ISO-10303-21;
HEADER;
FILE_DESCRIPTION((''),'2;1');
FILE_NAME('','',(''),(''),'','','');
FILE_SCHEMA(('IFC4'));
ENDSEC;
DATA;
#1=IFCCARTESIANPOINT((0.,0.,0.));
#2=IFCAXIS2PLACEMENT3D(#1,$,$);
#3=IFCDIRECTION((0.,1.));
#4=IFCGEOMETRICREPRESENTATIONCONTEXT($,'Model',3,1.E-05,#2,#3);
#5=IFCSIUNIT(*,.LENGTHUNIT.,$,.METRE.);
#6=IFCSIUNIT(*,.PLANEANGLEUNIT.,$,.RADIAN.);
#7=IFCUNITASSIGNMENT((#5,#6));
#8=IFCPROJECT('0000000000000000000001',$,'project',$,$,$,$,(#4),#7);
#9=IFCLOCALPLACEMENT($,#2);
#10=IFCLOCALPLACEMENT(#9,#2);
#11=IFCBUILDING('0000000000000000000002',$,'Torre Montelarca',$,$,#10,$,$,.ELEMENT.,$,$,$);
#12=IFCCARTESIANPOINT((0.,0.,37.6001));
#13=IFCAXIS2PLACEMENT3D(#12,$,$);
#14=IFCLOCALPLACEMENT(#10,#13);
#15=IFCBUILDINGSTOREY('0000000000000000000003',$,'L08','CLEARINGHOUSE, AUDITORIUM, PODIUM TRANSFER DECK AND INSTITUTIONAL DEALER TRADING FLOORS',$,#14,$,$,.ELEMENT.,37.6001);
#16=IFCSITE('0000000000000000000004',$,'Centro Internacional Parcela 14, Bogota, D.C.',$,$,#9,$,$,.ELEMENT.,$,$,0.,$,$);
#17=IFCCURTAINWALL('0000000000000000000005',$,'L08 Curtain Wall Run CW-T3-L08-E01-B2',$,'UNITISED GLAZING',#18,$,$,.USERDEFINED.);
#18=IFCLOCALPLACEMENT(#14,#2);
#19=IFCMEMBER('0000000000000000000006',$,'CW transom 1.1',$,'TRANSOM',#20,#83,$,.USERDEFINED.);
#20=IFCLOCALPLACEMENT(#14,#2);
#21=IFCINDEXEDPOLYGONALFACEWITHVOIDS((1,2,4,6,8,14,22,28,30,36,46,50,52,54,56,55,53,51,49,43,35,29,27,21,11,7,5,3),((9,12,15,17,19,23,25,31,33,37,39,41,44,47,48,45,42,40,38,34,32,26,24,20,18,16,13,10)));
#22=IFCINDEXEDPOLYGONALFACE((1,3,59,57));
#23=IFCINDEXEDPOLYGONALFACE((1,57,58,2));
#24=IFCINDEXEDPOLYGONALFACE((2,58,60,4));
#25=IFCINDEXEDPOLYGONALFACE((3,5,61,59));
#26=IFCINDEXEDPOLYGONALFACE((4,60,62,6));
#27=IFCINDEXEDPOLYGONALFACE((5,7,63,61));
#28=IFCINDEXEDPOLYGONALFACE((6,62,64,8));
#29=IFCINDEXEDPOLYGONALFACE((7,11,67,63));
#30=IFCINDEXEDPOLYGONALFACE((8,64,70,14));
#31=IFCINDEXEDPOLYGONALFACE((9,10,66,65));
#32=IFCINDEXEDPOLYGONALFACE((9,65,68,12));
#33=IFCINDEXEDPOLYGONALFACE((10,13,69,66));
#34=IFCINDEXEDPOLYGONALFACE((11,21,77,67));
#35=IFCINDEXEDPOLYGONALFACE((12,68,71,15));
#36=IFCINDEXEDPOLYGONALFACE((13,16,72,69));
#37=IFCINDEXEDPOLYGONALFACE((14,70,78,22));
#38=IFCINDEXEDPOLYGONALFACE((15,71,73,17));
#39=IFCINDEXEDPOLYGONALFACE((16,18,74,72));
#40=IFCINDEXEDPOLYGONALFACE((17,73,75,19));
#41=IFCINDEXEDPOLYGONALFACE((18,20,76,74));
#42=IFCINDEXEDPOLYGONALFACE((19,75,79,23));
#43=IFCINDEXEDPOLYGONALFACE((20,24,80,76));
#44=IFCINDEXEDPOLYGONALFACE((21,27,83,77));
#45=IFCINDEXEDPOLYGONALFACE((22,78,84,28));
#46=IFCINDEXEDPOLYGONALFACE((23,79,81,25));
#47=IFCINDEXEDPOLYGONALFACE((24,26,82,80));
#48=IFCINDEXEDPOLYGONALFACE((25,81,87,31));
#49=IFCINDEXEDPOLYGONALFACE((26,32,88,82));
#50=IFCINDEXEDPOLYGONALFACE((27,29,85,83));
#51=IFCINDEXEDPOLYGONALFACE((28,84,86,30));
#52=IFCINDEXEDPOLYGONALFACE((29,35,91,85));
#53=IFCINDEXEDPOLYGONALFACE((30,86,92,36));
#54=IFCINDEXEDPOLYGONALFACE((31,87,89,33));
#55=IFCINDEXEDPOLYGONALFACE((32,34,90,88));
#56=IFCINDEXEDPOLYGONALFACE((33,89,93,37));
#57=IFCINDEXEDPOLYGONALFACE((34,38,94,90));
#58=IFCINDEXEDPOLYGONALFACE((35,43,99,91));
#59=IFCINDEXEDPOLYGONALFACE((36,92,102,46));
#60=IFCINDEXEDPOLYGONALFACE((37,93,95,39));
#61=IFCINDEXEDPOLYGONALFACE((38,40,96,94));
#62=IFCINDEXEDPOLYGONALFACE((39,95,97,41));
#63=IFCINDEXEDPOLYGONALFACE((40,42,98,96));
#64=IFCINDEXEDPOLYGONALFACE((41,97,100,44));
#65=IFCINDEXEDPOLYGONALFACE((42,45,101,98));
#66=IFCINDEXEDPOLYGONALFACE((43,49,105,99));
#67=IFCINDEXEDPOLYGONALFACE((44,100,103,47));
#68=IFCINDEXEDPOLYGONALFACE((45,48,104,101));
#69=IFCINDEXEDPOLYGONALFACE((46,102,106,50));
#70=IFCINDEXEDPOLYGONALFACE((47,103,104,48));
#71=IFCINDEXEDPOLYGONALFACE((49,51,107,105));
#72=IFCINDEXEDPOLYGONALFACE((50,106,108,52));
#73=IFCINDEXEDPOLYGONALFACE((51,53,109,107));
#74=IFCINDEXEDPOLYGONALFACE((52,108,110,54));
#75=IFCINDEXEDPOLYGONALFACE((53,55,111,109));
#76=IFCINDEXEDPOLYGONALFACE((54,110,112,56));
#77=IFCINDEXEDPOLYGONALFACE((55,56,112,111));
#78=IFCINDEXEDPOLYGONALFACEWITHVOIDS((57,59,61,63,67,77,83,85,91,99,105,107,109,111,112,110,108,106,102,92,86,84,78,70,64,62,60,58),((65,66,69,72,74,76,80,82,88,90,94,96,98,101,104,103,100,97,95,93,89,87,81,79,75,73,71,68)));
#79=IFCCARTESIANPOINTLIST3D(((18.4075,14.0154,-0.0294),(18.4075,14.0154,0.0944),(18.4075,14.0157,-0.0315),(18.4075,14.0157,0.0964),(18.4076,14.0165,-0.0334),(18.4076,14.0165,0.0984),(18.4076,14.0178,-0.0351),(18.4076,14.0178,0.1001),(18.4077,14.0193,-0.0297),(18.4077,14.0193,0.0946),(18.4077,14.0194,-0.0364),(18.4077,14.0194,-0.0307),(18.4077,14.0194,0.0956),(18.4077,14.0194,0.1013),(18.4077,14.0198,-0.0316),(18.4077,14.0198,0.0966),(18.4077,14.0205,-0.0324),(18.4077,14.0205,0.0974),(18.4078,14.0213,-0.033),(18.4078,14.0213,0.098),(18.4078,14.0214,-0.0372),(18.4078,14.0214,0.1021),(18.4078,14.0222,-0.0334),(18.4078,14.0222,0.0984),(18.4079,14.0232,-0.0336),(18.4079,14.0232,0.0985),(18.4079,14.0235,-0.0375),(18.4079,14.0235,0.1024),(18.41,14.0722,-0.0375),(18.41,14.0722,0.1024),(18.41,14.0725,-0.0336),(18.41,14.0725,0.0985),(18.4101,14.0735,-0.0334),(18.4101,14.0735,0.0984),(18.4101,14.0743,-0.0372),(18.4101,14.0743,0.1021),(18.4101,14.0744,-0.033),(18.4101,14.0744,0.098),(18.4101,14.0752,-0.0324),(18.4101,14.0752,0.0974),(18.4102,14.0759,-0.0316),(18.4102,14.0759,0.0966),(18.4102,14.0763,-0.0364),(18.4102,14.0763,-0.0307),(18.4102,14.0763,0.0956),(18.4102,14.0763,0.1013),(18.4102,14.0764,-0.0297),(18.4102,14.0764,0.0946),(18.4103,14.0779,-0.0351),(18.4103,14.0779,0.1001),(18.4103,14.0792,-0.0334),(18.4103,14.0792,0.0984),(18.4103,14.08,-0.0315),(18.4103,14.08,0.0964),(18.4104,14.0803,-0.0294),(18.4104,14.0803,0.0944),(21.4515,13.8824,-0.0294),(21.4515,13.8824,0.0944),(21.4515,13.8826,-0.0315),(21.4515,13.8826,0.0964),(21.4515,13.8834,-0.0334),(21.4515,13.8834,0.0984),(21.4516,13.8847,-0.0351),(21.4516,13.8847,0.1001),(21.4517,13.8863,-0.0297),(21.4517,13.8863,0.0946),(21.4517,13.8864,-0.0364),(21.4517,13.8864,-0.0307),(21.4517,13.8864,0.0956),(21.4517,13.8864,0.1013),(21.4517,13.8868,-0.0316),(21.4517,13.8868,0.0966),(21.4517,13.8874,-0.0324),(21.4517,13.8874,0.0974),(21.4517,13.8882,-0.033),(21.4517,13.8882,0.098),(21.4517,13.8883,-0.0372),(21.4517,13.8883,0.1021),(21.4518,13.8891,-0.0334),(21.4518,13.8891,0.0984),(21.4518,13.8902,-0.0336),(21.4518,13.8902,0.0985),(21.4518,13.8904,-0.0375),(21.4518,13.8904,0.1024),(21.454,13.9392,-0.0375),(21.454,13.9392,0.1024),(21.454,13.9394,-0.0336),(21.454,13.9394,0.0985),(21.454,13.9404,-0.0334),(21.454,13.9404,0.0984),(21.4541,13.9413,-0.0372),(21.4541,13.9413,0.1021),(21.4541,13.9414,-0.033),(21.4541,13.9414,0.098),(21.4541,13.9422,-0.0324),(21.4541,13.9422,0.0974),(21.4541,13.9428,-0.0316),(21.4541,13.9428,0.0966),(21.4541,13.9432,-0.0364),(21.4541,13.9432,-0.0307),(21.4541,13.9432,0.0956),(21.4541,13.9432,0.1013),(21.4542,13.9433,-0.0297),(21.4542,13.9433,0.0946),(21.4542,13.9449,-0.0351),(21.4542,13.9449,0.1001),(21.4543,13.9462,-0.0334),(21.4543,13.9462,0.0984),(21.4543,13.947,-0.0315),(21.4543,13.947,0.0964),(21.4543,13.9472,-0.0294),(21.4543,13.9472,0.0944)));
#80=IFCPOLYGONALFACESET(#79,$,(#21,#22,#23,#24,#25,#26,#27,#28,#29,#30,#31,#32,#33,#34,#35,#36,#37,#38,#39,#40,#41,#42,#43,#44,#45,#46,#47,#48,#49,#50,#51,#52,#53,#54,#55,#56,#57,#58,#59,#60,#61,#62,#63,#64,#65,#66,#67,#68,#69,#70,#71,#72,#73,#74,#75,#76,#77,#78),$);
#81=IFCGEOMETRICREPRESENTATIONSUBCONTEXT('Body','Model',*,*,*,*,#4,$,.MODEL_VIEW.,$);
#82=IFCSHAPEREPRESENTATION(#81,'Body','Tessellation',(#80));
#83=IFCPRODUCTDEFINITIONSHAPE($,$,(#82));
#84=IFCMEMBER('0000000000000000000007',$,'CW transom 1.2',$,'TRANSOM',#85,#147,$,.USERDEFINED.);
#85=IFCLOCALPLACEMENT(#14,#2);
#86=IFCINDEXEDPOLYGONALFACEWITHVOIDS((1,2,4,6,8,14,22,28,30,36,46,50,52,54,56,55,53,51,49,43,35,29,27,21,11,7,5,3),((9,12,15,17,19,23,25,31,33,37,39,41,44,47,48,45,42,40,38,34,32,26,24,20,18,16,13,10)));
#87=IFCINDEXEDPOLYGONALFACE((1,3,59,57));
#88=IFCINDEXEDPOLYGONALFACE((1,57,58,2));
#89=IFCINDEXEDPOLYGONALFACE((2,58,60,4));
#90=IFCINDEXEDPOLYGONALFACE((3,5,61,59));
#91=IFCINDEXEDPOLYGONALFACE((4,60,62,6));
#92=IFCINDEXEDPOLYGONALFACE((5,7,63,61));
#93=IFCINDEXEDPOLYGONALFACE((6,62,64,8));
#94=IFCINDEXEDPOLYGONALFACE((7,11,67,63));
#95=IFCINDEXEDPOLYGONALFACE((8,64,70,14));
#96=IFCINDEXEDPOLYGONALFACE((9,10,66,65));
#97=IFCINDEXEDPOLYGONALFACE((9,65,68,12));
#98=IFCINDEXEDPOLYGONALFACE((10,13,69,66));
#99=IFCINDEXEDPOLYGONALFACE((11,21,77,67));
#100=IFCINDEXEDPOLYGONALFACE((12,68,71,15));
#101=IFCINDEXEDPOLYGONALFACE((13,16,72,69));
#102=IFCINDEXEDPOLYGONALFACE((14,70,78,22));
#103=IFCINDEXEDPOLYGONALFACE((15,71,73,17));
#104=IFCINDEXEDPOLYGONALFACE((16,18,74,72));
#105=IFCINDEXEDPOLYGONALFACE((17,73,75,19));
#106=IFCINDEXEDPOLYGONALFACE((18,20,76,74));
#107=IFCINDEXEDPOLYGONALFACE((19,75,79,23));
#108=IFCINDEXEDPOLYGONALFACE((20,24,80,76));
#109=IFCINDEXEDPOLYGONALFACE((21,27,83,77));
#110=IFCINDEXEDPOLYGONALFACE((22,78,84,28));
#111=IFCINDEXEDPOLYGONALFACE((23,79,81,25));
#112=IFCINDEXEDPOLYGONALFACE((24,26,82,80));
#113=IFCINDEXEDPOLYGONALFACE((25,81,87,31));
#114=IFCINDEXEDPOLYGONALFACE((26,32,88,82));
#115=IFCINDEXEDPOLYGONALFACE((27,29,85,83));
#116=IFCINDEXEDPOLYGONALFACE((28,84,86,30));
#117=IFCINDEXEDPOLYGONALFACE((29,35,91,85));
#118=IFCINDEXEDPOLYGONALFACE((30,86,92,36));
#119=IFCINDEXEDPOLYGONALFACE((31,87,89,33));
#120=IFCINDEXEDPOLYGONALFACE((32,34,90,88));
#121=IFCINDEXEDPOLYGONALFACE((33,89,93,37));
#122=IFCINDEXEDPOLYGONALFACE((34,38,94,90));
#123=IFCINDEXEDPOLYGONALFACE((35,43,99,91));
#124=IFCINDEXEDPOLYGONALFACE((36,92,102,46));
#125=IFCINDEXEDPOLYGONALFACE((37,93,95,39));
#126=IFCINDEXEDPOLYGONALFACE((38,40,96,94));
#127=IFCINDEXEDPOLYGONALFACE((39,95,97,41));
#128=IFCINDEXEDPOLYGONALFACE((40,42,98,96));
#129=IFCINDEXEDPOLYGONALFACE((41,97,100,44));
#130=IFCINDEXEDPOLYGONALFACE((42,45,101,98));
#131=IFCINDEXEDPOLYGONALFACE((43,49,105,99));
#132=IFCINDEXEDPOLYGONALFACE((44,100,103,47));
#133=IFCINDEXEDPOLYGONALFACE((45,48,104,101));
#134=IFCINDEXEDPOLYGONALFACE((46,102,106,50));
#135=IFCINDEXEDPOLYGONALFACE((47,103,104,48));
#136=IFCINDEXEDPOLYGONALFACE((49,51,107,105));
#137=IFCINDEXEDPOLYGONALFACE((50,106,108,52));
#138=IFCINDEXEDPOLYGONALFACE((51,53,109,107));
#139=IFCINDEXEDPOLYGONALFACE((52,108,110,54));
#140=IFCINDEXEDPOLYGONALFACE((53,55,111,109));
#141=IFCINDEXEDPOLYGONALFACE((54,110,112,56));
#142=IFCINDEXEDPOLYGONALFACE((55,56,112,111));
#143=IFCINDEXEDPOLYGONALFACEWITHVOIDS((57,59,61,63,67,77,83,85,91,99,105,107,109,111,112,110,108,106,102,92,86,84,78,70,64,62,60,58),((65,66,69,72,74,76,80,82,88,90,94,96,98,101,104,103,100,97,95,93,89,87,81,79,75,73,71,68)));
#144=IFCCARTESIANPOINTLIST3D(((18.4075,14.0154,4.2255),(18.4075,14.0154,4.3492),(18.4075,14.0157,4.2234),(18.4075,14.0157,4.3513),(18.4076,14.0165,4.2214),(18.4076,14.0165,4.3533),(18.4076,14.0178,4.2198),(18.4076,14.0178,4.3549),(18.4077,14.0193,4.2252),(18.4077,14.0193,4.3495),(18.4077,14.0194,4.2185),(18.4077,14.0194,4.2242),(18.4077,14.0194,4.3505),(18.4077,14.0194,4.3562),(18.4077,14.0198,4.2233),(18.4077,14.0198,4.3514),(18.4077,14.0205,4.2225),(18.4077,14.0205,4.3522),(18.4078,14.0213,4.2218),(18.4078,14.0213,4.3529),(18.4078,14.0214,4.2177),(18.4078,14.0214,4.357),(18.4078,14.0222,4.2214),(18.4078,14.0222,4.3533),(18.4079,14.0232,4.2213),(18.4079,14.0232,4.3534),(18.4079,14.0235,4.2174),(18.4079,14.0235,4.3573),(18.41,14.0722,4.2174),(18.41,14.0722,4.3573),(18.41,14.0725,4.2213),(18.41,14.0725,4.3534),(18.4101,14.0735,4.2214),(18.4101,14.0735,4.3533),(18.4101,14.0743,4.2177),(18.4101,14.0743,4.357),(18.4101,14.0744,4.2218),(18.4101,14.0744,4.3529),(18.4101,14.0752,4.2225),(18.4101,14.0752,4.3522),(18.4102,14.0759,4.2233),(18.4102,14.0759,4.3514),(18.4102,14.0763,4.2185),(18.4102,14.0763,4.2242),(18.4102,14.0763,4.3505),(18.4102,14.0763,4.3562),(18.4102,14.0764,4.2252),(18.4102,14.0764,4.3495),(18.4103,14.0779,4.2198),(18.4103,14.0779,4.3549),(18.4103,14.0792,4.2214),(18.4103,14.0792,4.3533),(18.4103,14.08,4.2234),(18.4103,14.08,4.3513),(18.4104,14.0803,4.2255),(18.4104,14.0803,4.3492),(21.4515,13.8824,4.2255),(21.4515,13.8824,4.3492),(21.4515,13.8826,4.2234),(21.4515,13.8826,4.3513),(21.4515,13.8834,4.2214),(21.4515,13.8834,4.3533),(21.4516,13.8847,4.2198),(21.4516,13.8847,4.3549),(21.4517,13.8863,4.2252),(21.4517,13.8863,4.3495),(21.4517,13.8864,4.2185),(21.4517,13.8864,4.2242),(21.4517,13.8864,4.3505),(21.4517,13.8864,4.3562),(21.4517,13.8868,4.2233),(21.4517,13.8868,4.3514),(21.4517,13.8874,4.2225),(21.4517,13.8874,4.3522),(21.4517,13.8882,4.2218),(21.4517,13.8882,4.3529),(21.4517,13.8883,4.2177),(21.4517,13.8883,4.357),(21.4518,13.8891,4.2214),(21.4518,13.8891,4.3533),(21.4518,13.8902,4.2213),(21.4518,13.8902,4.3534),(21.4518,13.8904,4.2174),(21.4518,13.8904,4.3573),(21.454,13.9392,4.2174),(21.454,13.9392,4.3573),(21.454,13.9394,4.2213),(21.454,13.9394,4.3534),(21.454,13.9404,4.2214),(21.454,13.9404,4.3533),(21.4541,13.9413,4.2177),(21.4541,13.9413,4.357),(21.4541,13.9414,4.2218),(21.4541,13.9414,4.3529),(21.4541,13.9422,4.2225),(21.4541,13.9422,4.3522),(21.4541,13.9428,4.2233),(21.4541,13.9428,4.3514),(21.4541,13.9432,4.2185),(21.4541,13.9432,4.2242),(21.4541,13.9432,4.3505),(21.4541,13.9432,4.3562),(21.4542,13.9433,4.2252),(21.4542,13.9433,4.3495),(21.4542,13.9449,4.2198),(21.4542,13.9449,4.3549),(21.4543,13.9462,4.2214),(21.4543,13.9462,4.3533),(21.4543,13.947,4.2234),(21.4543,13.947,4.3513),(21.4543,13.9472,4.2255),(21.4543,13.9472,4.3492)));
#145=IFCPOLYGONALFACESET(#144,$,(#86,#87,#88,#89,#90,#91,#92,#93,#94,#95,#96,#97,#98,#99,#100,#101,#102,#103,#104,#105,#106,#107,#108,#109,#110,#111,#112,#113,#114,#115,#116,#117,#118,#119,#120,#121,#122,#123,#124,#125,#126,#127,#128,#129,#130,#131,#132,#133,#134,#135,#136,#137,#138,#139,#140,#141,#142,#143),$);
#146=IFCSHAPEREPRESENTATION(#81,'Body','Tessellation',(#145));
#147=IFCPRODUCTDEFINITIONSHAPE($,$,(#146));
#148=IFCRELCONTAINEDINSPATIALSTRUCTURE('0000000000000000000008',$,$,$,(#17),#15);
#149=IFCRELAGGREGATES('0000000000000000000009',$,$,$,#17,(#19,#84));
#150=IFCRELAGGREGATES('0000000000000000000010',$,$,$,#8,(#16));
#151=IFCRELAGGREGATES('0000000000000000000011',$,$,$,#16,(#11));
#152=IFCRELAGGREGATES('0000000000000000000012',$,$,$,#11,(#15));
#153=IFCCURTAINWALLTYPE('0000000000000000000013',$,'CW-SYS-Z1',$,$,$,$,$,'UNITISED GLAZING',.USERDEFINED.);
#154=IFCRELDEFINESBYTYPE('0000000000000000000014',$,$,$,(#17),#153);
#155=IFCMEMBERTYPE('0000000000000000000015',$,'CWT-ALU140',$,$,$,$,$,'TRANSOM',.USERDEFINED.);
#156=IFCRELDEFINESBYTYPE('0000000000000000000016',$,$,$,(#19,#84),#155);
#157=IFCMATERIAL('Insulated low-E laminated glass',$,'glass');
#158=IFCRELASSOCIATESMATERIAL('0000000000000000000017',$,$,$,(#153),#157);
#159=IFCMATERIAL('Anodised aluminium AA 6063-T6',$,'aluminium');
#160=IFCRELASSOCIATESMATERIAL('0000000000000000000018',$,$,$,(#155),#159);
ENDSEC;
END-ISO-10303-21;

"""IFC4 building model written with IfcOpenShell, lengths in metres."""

from ifc_helpers import new_model, si_unit, direction, frame, origin, origin_2d, place, context, subcontext, project, spatial, hollow_rectangle, extrude, source, transform, mapped, material, material_profile, profile_set, type_object, element, aggregate, save


model = new_model("IFC4")

# Units and contexts
model_context = context("Model", 3, precision=1e-05, world=origin(), true_north=direction((0.0, 1.0)))
body_context = subcontext(model_context, "Body", "Model", "MODEL_VIEW")
ifc_project = project(units=[si_unit("LENGTHUNIT", "METRE"), si_unit("PLANEANGLEUNIT", "RADIAN")], contexts=[model_context])

# Site, building, storey
site_placement = place(None, origin())
site = spatial("IfcSite", under=ifc_project, at=site_placement, Name="Centro Internacional Parcela 14, Bogota, D.C.", CompositionType="ELEMENT", RefElevation=0.0)
building_placement = place(site_placement, origin())
building = spatial("IfcBuilding", under=site, at=building_placement, Name="Torre Montelarca", CompositionType="ELEMENT")
storey_placement = place(building_placement, frame((0.0, 0.0, 37.6001)))
storey = spatial("IfcBuildingStorey", under=building, at=storey_placement, Name="L08", Description="CLEARINGHOUSE, AUDITORIUM, PODIUM TRANSFER DECK AND INSTITUTIONAL DEALER TRADING FLOORS", CompositionType="ELEMENT", Elevation=37.6001)

# Shared definitions
ifc_material_1 = material(Name="Insulated low-E laminated glass", Category="glass")
curtain_wall_type = type_object("IfcCurtainWallType", Name="CW-SYS-Z1", ElementType="UNITISED GLAZING", PredefinedType="USERDEFINED", material=ifc_material_1)
ifc_material_2 = material(Name="Anodised aluminium AA 6063-T6", Category="aluminium")

# Curtain wall
curtain_wall_1_placement = place(storey_placement, origin())
curtain_wall_1 = element("IfcCurtainWall", 1, at=curtain_wall_1_placement, inside=storey, type_object=curtain_wall_type, Name="L08 Curtain Wall Run CW-T3-L08-E01-B2", ObjectType="UNITISED GLAZING", PredefinedType="USERDEFINED")

# Members
ifc_material_profile_1 = material_profile(ifc_material_2, hollow_rectangle(XDim=0.0649, YDim=0.1399, WallThickness=0.0039, InnerFilletRadius=0.0039, OuterFilletRadius=0.0081, at=origin_2d()), Name="ALU65X140X4", Category="aluminium")
ifc_profile_set_1 = profile_set([ifc_material_profile_1], Name="Anodised aluminium AA 6063-T6")
member_type_1 = type_object("IfcMemberType", Name="CWT-ALU140", ElementType="TRANSOM", PredefinedType="USERDEFINED", material=ifc_profile_set_1)
shared_shape_1 = source(origin(), body_context, "Body", "SweptSolid", [
    extrude(hollow_rectangle(XDim=0.0649, YDim=0.1399, WallThickness=0.0039, InnerFilletRadius=0.0039, OuterFilletRadius=0.0081, at=origin_2d()), origin(), (0.0, 0.0, 1.0), 3.0469),
])
member_1_placement = place(storey_placement, frame((18.4089, 14.0479, 0.0325), z_axis=(0.999046, -0.04367, 0.0), x_axis=(0.04367, 0.999046, 0.0)))
member_1 = element("IfcMember", 2, at=member_1_placement, type_object=member_type_1, Name="CW transom 1.1", ObjectType="TRANSOM", PredefinedType="USERDEFINED", context=body_context, shape_type="MappedRepresentation", body=[
    mapped(shared_shape_1, transform((0.0, 0.0, 0.0), scale=1.0)),
])
member_2_placement = place(storey_placement, frame((18.4089, 14.0479, 4.2874), z_axis=(0.999046, -0.04367, 0.0), x_axis=(0.04367, 0.999046, 0.0)))
member_2 = element("IfcMember", 3, at=member_2_placement, type_object=member_type_1, Name="CW transom 1.2", ObjectType="TRANSOM", PredefinedType="USERDEFINED", context=body_context, shape_type="MappedRepresentation", body=[
    mapped(shared_shape_1, transform((0.0, 0.0, 0.0), scale=1.0)),
])

aggregate(curtain_wall_1, [member_1, member_2])

save(model, "model.ifc")
